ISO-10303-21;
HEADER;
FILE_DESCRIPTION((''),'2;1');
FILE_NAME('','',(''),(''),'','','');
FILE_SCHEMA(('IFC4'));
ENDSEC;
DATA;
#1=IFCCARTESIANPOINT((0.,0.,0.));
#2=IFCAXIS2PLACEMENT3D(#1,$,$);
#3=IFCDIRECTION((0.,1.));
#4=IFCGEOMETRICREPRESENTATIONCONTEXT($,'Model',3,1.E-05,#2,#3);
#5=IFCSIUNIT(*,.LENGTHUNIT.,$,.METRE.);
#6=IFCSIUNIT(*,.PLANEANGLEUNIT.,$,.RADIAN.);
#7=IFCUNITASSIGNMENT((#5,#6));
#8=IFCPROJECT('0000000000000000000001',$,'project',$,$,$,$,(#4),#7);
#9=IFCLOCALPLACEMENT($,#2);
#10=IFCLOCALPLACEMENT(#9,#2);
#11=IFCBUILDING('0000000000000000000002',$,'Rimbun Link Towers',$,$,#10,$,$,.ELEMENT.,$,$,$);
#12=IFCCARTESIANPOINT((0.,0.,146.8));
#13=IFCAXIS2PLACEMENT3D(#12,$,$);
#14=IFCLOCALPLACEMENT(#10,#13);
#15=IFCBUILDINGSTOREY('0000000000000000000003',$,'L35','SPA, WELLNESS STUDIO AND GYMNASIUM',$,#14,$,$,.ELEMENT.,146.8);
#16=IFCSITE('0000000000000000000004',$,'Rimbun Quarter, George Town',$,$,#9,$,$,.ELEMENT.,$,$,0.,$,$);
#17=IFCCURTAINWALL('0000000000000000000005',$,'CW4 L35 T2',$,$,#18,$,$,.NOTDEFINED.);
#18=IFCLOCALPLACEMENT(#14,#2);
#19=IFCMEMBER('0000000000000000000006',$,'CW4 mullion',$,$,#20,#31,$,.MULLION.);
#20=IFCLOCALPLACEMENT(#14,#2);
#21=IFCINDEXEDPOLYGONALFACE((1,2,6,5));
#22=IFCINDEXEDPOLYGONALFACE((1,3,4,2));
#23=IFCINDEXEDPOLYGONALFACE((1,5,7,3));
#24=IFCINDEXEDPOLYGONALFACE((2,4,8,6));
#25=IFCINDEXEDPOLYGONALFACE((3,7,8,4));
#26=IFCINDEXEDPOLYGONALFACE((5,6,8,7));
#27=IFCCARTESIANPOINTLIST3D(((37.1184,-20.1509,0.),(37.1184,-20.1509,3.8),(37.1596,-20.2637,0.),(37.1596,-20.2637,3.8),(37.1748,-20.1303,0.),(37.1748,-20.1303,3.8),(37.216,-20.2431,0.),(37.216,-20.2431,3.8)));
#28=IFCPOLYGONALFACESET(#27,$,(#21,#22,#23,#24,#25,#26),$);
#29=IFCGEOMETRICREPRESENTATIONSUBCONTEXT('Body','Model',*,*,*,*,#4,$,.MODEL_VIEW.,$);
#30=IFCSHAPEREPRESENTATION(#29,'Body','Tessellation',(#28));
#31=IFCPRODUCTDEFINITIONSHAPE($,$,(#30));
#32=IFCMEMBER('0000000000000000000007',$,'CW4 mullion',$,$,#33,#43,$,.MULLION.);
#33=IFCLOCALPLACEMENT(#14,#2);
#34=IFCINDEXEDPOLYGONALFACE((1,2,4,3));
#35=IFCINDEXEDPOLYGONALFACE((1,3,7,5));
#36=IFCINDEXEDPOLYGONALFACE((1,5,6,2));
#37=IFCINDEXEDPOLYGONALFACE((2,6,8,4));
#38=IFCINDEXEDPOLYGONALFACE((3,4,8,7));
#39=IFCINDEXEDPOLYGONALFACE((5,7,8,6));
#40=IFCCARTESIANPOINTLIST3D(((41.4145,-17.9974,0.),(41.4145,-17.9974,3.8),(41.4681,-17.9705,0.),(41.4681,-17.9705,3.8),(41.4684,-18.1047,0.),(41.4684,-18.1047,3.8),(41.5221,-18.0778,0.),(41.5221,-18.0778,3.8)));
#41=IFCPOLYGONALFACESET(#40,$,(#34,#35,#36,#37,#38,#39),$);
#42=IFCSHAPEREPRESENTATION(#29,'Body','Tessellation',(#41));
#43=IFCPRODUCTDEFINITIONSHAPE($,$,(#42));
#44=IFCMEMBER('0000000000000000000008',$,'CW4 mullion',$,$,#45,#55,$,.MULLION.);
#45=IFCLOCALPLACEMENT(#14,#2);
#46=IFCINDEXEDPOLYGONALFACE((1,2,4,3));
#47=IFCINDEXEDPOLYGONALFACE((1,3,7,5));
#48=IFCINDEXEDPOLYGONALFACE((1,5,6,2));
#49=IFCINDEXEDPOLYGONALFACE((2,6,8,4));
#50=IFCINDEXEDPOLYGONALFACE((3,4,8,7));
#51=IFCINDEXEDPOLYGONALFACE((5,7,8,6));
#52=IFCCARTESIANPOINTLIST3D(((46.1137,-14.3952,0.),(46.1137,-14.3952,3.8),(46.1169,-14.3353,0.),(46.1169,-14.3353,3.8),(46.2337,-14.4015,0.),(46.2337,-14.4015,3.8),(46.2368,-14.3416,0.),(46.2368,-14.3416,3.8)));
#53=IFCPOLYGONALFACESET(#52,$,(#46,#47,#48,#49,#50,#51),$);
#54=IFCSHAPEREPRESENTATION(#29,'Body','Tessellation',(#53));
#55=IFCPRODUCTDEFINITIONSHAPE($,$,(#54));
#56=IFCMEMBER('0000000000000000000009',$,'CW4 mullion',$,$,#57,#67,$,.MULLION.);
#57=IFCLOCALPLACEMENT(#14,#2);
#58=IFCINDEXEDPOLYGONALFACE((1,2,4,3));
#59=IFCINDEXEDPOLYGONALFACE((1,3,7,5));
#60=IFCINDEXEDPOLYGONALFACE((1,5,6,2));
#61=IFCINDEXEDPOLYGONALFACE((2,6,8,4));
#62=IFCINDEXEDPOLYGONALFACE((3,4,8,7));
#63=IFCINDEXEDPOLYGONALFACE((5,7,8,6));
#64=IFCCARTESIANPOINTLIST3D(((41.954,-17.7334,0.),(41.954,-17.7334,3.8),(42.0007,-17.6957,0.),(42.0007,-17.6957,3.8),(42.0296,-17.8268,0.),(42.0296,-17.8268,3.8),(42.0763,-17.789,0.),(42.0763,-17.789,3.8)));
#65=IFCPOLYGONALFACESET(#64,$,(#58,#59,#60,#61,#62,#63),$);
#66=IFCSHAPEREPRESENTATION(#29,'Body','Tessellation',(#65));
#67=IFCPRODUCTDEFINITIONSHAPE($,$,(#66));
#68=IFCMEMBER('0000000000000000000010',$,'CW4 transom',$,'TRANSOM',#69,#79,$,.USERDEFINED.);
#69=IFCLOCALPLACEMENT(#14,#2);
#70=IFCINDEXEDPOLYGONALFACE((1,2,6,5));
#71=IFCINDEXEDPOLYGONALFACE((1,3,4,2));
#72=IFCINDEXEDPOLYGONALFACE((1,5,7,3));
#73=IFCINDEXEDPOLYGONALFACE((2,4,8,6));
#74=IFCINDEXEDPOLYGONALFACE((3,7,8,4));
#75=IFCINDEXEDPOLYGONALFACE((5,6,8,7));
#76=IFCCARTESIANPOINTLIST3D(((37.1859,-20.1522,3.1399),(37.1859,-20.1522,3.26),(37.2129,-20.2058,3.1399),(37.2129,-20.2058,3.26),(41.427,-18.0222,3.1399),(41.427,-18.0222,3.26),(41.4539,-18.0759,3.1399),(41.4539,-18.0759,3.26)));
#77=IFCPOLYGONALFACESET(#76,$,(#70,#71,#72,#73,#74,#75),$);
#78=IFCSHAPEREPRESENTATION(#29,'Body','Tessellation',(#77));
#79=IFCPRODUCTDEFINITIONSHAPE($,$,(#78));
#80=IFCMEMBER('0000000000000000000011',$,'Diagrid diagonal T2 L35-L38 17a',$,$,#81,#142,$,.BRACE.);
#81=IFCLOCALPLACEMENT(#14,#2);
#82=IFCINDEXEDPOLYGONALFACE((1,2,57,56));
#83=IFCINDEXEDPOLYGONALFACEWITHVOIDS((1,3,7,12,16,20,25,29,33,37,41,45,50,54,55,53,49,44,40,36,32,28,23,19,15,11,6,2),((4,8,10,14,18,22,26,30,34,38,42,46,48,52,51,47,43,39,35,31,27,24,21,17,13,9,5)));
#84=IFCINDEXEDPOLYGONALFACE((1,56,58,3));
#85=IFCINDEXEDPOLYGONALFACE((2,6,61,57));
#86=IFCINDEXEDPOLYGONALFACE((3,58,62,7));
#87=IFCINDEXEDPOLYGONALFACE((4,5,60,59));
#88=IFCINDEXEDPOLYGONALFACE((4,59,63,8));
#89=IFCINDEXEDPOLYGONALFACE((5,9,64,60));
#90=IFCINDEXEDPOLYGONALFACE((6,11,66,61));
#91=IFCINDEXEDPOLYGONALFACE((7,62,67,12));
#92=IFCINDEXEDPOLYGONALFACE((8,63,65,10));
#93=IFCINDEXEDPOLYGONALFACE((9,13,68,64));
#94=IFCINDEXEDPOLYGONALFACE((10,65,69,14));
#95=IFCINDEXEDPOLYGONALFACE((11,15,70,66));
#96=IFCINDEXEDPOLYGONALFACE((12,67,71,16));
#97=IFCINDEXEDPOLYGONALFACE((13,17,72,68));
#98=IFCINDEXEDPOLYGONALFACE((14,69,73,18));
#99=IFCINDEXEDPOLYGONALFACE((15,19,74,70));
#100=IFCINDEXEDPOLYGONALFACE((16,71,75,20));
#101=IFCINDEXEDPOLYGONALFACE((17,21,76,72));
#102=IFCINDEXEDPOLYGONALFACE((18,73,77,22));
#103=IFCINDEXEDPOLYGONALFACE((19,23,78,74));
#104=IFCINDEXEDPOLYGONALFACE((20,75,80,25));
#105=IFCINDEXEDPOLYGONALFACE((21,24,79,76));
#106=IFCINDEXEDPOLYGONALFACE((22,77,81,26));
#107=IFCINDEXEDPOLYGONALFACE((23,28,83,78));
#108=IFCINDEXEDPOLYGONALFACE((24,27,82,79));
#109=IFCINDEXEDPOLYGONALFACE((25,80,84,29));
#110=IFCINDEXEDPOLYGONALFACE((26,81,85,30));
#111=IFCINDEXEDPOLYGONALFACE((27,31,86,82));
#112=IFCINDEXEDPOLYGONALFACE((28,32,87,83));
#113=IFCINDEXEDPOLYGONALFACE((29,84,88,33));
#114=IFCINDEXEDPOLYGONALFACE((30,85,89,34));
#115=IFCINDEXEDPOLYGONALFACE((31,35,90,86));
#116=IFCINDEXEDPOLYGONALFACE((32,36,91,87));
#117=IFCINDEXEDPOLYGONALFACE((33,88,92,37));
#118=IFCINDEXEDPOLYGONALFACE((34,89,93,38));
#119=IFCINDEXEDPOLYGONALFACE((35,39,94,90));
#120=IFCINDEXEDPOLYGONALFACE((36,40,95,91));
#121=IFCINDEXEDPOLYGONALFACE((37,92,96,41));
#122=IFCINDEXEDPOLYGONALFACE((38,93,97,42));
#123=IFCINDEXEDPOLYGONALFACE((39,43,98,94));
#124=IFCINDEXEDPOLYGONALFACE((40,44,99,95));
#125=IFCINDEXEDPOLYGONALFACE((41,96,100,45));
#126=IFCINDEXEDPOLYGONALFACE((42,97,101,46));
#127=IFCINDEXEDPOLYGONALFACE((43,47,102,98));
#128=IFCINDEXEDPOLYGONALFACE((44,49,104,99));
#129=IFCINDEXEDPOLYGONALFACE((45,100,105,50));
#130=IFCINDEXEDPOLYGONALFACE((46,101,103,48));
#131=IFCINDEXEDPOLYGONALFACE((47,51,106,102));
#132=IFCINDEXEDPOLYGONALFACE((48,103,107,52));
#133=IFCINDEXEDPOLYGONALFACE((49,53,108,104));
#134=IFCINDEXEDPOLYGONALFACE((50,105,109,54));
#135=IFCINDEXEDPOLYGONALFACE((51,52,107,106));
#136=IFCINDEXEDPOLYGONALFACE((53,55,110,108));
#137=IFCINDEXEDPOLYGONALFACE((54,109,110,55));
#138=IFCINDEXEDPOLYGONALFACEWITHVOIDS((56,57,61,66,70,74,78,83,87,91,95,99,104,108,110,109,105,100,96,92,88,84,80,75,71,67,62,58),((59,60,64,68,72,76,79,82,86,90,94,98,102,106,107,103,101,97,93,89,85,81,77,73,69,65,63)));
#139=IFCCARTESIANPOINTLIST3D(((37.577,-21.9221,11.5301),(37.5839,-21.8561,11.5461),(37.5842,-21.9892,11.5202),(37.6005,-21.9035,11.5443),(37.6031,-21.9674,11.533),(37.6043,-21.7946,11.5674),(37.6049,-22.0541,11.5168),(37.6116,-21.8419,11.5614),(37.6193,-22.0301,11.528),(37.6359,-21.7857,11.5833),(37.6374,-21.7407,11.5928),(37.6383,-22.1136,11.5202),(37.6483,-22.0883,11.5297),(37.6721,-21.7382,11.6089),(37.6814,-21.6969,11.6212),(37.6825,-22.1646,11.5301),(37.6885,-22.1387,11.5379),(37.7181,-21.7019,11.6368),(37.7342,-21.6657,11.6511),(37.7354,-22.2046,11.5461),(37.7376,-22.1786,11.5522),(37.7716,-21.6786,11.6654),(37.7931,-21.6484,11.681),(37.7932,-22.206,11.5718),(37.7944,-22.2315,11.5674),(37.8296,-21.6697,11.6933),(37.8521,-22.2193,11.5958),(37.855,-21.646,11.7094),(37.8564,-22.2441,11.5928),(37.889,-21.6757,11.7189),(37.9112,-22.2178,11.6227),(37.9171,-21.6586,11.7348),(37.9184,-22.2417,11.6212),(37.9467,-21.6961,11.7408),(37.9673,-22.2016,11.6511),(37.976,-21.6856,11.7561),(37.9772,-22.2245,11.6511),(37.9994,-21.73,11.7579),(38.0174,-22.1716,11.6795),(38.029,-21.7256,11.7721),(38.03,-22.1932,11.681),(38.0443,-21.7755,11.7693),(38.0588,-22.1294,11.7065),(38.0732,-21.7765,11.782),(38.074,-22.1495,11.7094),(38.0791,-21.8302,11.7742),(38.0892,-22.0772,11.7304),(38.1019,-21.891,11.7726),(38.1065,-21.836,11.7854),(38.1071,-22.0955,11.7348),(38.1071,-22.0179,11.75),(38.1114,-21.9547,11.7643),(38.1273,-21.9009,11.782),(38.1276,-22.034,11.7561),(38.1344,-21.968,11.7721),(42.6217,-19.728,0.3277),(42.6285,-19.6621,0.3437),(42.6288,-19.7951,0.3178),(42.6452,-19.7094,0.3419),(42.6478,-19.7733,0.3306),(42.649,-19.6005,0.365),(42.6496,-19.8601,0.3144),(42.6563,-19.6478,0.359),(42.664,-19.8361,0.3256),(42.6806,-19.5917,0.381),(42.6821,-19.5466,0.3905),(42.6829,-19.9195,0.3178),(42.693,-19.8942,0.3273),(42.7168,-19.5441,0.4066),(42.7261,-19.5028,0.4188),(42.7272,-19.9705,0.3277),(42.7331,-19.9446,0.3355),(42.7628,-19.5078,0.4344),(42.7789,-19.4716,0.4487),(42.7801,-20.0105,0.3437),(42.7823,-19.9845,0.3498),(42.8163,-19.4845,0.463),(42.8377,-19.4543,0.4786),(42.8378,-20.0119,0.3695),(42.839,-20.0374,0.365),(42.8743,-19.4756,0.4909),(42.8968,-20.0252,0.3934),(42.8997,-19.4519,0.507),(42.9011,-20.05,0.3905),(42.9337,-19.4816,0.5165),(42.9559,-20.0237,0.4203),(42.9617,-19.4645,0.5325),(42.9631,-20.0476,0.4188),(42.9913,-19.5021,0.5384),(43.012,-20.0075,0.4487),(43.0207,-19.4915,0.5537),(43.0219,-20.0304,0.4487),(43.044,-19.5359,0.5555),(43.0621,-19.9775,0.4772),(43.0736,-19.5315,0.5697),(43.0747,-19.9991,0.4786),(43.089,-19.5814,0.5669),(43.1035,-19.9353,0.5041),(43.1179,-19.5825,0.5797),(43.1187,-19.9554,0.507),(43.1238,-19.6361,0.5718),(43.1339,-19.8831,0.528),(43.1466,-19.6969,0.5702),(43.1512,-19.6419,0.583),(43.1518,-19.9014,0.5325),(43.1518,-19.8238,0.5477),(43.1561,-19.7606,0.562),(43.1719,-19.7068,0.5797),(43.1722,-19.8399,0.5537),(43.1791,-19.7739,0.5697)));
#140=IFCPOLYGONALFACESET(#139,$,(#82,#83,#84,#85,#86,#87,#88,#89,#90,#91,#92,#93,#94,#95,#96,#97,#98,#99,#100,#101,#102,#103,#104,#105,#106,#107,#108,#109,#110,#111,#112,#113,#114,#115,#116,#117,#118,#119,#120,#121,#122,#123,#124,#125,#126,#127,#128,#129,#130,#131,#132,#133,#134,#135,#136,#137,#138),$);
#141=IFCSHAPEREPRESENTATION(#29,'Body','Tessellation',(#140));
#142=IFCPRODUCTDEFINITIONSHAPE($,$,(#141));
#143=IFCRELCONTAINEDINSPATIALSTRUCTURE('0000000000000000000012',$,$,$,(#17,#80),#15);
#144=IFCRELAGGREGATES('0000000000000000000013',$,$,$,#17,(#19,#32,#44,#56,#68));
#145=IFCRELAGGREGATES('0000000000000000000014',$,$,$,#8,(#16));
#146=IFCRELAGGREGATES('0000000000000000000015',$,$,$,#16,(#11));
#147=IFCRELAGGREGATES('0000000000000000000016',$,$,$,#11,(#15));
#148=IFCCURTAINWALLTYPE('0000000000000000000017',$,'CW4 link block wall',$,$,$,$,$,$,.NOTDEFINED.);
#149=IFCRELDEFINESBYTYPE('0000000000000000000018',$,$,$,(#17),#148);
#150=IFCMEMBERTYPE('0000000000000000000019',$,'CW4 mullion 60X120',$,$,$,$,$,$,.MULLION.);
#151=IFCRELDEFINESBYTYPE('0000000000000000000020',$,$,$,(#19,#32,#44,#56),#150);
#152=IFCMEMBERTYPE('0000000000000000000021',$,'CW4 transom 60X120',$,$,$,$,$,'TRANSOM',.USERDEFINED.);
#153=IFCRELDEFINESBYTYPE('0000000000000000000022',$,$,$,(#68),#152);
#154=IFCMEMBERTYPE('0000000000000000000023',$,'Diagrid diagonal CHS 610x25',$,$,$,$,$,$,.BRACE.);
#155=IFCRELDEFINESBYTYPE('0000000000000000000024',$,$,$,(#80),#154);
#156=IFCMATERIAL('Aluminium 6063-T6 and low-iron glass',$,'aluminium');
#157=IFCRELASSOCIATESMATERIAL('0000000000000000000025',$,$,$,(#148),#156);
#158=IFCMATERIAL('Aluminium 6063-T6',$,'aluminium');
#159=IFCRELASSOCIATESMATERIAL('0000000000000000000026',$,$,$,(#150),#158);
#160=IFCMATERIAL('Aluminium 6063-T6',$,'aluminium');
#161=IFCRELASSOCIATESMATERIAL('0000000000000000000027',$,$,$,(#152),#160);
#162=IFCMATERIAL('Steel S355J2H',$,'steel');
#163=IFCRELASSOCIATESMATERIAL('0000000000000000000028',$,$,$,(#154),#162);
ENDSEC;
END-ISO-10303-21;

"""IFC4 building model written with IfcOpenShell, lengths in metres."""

from ifc_helpers import new_model, si_unit, direction, frame, origin, origin_2d, place, context, subcontext, project, spatial, rectangle, hollow_circle, extrude, material, material_profile, profile_set, type_object, element, aggregate, save


model = new_model("IFC4")

# Units and contexts
model_context = context("Model", 3, precision=1e-05, world=origin(), true_north=direction((0.0, 1.0)))
body_context = subcontext(model_context, "Body", "Model", "MODEL_VIEW")
ifc_project = project(units=[si_unit("LENGTHUNIT", "METRE"), si_unit("PLANEANGLEUNIT", "RADIAN")], contexts=[model_context])

# Site, building, storey
site_placement = place(None, origin())
site = spatial("IfcSite", under=ifc_project, at=site_placement, Name="Rimbun Quarter, George Town", CompositionType="ELEMENT", RefElevation=0.0)
building_placement = place(site_placement, origin())
building = spatial("IfcBuilding", under=site, at=building_placement, Name="Rimbun Link Towers", CompositionType="ELEMENT")
storey_placement = place(building_placement, frame((0.0, 0.0, 146.8)))
storey = spatial("IfcBuildingStorey", under=building, at=storey_placement, Name="L35", Description="SPA, WELLNESS STUDIO AND GYMNASIUM", CompositionType="ELEMENT", Elevation=146.8)

# Curtain wall, members
ifc_material_1 = material(Name="Aluminium 6063-T6 and low-iron glass", Category="aluminium")
curtain_wall_type = type_object("IfcCurtainWallType", Name="CW4 link block wall", PredefinedType="NOTDEFINED", material=ifc_material_1)
curtain_wall_placement = place(storey_placement, origin())
curtain_wall = element("IfcCurtainWall", 1, at=curtain_wall_placement, inside=storey, type_object=curtain_wall_type, Name="CW4 L35 T2", PredefinedType="NOTDEFINED")
ifc_material_2 = material(Name="Aluminium 6063-T6", Category="aluminium")
ifc_material_profile_1 = material_profile(ifc_material_2, rectangle(XDim=0.1201, YDim=0.0601, at=origin_2d()), Name="MULLION 60X120")
ifc_profile_set_1 = profile_set([ifc_material_profile_1], Name="Aluminium 6063-T6")
member_type_1 = type_object("IfcMemberType", Name="CW4 mullion 60X120", PredefinedType="MULLION", material=ifc_profile_set_1)
member_1_placement = place(storey_placement, frame((37.1672, -20.197, 0.0), z_axis=(0.0, 0.0, 1.0), x_axis=(0.342963, -0.939349, 0.0)))
member_1 = element("IfcMember", 2, at=member_1_placement, type_object=member_type_1, Name="CW4 mullion", PredefinedType="MULLION", context=body_context, shape_type="SweptSolid", body=[
    extrude(rectangle(XDim=0.1201, YDim=0.0601, at=origin_2d()), origin(), (0.0, 0.0, 1.0), 3.8),
])
member_2_placement = place(storey_placement, frame((41.4683, -18.0376, 0.0), z_axis=(0.0, 0.0, 1.0), x_axis=(0.448782, -0.893641, 0.0)))
member_2 = element("IfcMember", 3, at=member_2_placement, type_object=member_type_1, Name="CW4 mullion", PredefinedType="MULLION", context=body_context, shape_type="SweptSolid", body=[
    extrude(rectangle(XDim=0.1201, YDim=0.0601, at=origin_2d()), origin(), (0.0, 0.0, 1.0), 3.8),
])
member_3_placement = place(storey_placement, frame((46.1753, -14.3684, 0.0), z_axis=(0.0, 0.0, 1.0), x_axis=(0.998624, -0.05244, 0.0)))
member_3 = element("IfcMember", 4, at=member_3_placement, type_object=member_type_1, Name="CW4 mullion", PredefinedType="MULLION", context=body_context, shape_type="SweptSolid", body=[
    extrude(rectangle(XDim=0.1201, YDim=0.0601, at=origin_2d()), origin(), (0.0, 0.0, 1.0), 3.8),
])
member_4_placement = place(storey_placement, frame((42.0151, -17.7612, 0.0), z_axis=(0.0, 0.0, 1.0), x_axis=(0.629159, -0.777277, 0.0)))
member_4 = element("IfcMember", 5, at=member_4_placement, type_object=member_type_1, Name="CW4 mullion", PredefinedType="MULLION", context=body_context, shape_type="SweptSolid", body=[
    extrude(rectangle(XDim=0.1201, YDim=0.0601, at=origin_2d()), origin(), (0.0, 0.0, 1.0), 3.8),
])
ifc_material_3 = material(Name="Aluminium 6063-T6", Category="aluminium")
ifc_material_profile_2 = material_profile(ifc_material_3, rectangle(XDim=0.0601, YDim=0.1201, at=origin_2d()), Name="TRANSOM 60X120")
ifc_profile_set_2 = profile_set([ifc_material_profile_2], Name="Aluminium 6063-T6")
member_type_2 = type_object("IfcMemberType", Name="CW4 transom 60X120", ElementType="TRANSOM", PredefinedType="USERDEFINED", material=ifc_profile_set_2)
member_5_placement = place(storey_placement, frame((41.4404, -18.0491, 3.2), z_axis=(-0.893634, -0.448797, 0.0), x_axis=(0.448797, -0.893634, 0.0)))
member_5 = element("IfcMember", 6, at=member_5_placement, type_object=member_type_2, Name="CW4 transom", ObjectType="TRANSOM", PredefinedType="USERDEFINED", context=body_context, shape_type="SweptSolid", body=[
    extrude(rectangle(XDim=0.0601, YDim=0.1201, at=origin_2d()), origin(), (0.0, 0.0, 1.0), 4.7458),
])

# Member
ifc_material_4 = material(Name="Steel S355J2H", Category="steel")
ifc_material_profile_3 = material_profile(ifc_material_4, hollow_circle(Radius=0.3047, WallThickness=0.0249, at=origin_2d()), Name="Diagrid diagonal CHS 610x25")
ifc_profile_set_3 = profile_set([ifc_material_profile_3], Name="Steel S355J2H")
member_type_3 = type_object("IfcMemberType", Name="Diagrid diagonal CHS 610x25", PredefinedType="BRACE", material=ifc_profile_set_3)
member_6_placement = place(storey_placement, frame((42.9004, -19.751, 0.4487), z_axis=(-0.404213, -0.175805, 0.89761), x_axis=(0.398841, -0.91702, 0.0)))
element("IfcMember", 7, at=member_6_placement, inside=storey, type_object=member_type_3, Name="Diagrid diagonal T2 L35-L38 17a", PredefinedType="BRACE", context=body_context, shape_type="SweptSolid", body=[
    extrude(hollow_circle(Radius=0.3047, WallThickness=0.0249, at=origin_2d()), origin(), (0.0, 0.0, 1.0), 12.4802),
])

aggregate(curtain_wall, [member_1, member_2, member_3, member_4, member_5])

save(model, "model.ifc")
